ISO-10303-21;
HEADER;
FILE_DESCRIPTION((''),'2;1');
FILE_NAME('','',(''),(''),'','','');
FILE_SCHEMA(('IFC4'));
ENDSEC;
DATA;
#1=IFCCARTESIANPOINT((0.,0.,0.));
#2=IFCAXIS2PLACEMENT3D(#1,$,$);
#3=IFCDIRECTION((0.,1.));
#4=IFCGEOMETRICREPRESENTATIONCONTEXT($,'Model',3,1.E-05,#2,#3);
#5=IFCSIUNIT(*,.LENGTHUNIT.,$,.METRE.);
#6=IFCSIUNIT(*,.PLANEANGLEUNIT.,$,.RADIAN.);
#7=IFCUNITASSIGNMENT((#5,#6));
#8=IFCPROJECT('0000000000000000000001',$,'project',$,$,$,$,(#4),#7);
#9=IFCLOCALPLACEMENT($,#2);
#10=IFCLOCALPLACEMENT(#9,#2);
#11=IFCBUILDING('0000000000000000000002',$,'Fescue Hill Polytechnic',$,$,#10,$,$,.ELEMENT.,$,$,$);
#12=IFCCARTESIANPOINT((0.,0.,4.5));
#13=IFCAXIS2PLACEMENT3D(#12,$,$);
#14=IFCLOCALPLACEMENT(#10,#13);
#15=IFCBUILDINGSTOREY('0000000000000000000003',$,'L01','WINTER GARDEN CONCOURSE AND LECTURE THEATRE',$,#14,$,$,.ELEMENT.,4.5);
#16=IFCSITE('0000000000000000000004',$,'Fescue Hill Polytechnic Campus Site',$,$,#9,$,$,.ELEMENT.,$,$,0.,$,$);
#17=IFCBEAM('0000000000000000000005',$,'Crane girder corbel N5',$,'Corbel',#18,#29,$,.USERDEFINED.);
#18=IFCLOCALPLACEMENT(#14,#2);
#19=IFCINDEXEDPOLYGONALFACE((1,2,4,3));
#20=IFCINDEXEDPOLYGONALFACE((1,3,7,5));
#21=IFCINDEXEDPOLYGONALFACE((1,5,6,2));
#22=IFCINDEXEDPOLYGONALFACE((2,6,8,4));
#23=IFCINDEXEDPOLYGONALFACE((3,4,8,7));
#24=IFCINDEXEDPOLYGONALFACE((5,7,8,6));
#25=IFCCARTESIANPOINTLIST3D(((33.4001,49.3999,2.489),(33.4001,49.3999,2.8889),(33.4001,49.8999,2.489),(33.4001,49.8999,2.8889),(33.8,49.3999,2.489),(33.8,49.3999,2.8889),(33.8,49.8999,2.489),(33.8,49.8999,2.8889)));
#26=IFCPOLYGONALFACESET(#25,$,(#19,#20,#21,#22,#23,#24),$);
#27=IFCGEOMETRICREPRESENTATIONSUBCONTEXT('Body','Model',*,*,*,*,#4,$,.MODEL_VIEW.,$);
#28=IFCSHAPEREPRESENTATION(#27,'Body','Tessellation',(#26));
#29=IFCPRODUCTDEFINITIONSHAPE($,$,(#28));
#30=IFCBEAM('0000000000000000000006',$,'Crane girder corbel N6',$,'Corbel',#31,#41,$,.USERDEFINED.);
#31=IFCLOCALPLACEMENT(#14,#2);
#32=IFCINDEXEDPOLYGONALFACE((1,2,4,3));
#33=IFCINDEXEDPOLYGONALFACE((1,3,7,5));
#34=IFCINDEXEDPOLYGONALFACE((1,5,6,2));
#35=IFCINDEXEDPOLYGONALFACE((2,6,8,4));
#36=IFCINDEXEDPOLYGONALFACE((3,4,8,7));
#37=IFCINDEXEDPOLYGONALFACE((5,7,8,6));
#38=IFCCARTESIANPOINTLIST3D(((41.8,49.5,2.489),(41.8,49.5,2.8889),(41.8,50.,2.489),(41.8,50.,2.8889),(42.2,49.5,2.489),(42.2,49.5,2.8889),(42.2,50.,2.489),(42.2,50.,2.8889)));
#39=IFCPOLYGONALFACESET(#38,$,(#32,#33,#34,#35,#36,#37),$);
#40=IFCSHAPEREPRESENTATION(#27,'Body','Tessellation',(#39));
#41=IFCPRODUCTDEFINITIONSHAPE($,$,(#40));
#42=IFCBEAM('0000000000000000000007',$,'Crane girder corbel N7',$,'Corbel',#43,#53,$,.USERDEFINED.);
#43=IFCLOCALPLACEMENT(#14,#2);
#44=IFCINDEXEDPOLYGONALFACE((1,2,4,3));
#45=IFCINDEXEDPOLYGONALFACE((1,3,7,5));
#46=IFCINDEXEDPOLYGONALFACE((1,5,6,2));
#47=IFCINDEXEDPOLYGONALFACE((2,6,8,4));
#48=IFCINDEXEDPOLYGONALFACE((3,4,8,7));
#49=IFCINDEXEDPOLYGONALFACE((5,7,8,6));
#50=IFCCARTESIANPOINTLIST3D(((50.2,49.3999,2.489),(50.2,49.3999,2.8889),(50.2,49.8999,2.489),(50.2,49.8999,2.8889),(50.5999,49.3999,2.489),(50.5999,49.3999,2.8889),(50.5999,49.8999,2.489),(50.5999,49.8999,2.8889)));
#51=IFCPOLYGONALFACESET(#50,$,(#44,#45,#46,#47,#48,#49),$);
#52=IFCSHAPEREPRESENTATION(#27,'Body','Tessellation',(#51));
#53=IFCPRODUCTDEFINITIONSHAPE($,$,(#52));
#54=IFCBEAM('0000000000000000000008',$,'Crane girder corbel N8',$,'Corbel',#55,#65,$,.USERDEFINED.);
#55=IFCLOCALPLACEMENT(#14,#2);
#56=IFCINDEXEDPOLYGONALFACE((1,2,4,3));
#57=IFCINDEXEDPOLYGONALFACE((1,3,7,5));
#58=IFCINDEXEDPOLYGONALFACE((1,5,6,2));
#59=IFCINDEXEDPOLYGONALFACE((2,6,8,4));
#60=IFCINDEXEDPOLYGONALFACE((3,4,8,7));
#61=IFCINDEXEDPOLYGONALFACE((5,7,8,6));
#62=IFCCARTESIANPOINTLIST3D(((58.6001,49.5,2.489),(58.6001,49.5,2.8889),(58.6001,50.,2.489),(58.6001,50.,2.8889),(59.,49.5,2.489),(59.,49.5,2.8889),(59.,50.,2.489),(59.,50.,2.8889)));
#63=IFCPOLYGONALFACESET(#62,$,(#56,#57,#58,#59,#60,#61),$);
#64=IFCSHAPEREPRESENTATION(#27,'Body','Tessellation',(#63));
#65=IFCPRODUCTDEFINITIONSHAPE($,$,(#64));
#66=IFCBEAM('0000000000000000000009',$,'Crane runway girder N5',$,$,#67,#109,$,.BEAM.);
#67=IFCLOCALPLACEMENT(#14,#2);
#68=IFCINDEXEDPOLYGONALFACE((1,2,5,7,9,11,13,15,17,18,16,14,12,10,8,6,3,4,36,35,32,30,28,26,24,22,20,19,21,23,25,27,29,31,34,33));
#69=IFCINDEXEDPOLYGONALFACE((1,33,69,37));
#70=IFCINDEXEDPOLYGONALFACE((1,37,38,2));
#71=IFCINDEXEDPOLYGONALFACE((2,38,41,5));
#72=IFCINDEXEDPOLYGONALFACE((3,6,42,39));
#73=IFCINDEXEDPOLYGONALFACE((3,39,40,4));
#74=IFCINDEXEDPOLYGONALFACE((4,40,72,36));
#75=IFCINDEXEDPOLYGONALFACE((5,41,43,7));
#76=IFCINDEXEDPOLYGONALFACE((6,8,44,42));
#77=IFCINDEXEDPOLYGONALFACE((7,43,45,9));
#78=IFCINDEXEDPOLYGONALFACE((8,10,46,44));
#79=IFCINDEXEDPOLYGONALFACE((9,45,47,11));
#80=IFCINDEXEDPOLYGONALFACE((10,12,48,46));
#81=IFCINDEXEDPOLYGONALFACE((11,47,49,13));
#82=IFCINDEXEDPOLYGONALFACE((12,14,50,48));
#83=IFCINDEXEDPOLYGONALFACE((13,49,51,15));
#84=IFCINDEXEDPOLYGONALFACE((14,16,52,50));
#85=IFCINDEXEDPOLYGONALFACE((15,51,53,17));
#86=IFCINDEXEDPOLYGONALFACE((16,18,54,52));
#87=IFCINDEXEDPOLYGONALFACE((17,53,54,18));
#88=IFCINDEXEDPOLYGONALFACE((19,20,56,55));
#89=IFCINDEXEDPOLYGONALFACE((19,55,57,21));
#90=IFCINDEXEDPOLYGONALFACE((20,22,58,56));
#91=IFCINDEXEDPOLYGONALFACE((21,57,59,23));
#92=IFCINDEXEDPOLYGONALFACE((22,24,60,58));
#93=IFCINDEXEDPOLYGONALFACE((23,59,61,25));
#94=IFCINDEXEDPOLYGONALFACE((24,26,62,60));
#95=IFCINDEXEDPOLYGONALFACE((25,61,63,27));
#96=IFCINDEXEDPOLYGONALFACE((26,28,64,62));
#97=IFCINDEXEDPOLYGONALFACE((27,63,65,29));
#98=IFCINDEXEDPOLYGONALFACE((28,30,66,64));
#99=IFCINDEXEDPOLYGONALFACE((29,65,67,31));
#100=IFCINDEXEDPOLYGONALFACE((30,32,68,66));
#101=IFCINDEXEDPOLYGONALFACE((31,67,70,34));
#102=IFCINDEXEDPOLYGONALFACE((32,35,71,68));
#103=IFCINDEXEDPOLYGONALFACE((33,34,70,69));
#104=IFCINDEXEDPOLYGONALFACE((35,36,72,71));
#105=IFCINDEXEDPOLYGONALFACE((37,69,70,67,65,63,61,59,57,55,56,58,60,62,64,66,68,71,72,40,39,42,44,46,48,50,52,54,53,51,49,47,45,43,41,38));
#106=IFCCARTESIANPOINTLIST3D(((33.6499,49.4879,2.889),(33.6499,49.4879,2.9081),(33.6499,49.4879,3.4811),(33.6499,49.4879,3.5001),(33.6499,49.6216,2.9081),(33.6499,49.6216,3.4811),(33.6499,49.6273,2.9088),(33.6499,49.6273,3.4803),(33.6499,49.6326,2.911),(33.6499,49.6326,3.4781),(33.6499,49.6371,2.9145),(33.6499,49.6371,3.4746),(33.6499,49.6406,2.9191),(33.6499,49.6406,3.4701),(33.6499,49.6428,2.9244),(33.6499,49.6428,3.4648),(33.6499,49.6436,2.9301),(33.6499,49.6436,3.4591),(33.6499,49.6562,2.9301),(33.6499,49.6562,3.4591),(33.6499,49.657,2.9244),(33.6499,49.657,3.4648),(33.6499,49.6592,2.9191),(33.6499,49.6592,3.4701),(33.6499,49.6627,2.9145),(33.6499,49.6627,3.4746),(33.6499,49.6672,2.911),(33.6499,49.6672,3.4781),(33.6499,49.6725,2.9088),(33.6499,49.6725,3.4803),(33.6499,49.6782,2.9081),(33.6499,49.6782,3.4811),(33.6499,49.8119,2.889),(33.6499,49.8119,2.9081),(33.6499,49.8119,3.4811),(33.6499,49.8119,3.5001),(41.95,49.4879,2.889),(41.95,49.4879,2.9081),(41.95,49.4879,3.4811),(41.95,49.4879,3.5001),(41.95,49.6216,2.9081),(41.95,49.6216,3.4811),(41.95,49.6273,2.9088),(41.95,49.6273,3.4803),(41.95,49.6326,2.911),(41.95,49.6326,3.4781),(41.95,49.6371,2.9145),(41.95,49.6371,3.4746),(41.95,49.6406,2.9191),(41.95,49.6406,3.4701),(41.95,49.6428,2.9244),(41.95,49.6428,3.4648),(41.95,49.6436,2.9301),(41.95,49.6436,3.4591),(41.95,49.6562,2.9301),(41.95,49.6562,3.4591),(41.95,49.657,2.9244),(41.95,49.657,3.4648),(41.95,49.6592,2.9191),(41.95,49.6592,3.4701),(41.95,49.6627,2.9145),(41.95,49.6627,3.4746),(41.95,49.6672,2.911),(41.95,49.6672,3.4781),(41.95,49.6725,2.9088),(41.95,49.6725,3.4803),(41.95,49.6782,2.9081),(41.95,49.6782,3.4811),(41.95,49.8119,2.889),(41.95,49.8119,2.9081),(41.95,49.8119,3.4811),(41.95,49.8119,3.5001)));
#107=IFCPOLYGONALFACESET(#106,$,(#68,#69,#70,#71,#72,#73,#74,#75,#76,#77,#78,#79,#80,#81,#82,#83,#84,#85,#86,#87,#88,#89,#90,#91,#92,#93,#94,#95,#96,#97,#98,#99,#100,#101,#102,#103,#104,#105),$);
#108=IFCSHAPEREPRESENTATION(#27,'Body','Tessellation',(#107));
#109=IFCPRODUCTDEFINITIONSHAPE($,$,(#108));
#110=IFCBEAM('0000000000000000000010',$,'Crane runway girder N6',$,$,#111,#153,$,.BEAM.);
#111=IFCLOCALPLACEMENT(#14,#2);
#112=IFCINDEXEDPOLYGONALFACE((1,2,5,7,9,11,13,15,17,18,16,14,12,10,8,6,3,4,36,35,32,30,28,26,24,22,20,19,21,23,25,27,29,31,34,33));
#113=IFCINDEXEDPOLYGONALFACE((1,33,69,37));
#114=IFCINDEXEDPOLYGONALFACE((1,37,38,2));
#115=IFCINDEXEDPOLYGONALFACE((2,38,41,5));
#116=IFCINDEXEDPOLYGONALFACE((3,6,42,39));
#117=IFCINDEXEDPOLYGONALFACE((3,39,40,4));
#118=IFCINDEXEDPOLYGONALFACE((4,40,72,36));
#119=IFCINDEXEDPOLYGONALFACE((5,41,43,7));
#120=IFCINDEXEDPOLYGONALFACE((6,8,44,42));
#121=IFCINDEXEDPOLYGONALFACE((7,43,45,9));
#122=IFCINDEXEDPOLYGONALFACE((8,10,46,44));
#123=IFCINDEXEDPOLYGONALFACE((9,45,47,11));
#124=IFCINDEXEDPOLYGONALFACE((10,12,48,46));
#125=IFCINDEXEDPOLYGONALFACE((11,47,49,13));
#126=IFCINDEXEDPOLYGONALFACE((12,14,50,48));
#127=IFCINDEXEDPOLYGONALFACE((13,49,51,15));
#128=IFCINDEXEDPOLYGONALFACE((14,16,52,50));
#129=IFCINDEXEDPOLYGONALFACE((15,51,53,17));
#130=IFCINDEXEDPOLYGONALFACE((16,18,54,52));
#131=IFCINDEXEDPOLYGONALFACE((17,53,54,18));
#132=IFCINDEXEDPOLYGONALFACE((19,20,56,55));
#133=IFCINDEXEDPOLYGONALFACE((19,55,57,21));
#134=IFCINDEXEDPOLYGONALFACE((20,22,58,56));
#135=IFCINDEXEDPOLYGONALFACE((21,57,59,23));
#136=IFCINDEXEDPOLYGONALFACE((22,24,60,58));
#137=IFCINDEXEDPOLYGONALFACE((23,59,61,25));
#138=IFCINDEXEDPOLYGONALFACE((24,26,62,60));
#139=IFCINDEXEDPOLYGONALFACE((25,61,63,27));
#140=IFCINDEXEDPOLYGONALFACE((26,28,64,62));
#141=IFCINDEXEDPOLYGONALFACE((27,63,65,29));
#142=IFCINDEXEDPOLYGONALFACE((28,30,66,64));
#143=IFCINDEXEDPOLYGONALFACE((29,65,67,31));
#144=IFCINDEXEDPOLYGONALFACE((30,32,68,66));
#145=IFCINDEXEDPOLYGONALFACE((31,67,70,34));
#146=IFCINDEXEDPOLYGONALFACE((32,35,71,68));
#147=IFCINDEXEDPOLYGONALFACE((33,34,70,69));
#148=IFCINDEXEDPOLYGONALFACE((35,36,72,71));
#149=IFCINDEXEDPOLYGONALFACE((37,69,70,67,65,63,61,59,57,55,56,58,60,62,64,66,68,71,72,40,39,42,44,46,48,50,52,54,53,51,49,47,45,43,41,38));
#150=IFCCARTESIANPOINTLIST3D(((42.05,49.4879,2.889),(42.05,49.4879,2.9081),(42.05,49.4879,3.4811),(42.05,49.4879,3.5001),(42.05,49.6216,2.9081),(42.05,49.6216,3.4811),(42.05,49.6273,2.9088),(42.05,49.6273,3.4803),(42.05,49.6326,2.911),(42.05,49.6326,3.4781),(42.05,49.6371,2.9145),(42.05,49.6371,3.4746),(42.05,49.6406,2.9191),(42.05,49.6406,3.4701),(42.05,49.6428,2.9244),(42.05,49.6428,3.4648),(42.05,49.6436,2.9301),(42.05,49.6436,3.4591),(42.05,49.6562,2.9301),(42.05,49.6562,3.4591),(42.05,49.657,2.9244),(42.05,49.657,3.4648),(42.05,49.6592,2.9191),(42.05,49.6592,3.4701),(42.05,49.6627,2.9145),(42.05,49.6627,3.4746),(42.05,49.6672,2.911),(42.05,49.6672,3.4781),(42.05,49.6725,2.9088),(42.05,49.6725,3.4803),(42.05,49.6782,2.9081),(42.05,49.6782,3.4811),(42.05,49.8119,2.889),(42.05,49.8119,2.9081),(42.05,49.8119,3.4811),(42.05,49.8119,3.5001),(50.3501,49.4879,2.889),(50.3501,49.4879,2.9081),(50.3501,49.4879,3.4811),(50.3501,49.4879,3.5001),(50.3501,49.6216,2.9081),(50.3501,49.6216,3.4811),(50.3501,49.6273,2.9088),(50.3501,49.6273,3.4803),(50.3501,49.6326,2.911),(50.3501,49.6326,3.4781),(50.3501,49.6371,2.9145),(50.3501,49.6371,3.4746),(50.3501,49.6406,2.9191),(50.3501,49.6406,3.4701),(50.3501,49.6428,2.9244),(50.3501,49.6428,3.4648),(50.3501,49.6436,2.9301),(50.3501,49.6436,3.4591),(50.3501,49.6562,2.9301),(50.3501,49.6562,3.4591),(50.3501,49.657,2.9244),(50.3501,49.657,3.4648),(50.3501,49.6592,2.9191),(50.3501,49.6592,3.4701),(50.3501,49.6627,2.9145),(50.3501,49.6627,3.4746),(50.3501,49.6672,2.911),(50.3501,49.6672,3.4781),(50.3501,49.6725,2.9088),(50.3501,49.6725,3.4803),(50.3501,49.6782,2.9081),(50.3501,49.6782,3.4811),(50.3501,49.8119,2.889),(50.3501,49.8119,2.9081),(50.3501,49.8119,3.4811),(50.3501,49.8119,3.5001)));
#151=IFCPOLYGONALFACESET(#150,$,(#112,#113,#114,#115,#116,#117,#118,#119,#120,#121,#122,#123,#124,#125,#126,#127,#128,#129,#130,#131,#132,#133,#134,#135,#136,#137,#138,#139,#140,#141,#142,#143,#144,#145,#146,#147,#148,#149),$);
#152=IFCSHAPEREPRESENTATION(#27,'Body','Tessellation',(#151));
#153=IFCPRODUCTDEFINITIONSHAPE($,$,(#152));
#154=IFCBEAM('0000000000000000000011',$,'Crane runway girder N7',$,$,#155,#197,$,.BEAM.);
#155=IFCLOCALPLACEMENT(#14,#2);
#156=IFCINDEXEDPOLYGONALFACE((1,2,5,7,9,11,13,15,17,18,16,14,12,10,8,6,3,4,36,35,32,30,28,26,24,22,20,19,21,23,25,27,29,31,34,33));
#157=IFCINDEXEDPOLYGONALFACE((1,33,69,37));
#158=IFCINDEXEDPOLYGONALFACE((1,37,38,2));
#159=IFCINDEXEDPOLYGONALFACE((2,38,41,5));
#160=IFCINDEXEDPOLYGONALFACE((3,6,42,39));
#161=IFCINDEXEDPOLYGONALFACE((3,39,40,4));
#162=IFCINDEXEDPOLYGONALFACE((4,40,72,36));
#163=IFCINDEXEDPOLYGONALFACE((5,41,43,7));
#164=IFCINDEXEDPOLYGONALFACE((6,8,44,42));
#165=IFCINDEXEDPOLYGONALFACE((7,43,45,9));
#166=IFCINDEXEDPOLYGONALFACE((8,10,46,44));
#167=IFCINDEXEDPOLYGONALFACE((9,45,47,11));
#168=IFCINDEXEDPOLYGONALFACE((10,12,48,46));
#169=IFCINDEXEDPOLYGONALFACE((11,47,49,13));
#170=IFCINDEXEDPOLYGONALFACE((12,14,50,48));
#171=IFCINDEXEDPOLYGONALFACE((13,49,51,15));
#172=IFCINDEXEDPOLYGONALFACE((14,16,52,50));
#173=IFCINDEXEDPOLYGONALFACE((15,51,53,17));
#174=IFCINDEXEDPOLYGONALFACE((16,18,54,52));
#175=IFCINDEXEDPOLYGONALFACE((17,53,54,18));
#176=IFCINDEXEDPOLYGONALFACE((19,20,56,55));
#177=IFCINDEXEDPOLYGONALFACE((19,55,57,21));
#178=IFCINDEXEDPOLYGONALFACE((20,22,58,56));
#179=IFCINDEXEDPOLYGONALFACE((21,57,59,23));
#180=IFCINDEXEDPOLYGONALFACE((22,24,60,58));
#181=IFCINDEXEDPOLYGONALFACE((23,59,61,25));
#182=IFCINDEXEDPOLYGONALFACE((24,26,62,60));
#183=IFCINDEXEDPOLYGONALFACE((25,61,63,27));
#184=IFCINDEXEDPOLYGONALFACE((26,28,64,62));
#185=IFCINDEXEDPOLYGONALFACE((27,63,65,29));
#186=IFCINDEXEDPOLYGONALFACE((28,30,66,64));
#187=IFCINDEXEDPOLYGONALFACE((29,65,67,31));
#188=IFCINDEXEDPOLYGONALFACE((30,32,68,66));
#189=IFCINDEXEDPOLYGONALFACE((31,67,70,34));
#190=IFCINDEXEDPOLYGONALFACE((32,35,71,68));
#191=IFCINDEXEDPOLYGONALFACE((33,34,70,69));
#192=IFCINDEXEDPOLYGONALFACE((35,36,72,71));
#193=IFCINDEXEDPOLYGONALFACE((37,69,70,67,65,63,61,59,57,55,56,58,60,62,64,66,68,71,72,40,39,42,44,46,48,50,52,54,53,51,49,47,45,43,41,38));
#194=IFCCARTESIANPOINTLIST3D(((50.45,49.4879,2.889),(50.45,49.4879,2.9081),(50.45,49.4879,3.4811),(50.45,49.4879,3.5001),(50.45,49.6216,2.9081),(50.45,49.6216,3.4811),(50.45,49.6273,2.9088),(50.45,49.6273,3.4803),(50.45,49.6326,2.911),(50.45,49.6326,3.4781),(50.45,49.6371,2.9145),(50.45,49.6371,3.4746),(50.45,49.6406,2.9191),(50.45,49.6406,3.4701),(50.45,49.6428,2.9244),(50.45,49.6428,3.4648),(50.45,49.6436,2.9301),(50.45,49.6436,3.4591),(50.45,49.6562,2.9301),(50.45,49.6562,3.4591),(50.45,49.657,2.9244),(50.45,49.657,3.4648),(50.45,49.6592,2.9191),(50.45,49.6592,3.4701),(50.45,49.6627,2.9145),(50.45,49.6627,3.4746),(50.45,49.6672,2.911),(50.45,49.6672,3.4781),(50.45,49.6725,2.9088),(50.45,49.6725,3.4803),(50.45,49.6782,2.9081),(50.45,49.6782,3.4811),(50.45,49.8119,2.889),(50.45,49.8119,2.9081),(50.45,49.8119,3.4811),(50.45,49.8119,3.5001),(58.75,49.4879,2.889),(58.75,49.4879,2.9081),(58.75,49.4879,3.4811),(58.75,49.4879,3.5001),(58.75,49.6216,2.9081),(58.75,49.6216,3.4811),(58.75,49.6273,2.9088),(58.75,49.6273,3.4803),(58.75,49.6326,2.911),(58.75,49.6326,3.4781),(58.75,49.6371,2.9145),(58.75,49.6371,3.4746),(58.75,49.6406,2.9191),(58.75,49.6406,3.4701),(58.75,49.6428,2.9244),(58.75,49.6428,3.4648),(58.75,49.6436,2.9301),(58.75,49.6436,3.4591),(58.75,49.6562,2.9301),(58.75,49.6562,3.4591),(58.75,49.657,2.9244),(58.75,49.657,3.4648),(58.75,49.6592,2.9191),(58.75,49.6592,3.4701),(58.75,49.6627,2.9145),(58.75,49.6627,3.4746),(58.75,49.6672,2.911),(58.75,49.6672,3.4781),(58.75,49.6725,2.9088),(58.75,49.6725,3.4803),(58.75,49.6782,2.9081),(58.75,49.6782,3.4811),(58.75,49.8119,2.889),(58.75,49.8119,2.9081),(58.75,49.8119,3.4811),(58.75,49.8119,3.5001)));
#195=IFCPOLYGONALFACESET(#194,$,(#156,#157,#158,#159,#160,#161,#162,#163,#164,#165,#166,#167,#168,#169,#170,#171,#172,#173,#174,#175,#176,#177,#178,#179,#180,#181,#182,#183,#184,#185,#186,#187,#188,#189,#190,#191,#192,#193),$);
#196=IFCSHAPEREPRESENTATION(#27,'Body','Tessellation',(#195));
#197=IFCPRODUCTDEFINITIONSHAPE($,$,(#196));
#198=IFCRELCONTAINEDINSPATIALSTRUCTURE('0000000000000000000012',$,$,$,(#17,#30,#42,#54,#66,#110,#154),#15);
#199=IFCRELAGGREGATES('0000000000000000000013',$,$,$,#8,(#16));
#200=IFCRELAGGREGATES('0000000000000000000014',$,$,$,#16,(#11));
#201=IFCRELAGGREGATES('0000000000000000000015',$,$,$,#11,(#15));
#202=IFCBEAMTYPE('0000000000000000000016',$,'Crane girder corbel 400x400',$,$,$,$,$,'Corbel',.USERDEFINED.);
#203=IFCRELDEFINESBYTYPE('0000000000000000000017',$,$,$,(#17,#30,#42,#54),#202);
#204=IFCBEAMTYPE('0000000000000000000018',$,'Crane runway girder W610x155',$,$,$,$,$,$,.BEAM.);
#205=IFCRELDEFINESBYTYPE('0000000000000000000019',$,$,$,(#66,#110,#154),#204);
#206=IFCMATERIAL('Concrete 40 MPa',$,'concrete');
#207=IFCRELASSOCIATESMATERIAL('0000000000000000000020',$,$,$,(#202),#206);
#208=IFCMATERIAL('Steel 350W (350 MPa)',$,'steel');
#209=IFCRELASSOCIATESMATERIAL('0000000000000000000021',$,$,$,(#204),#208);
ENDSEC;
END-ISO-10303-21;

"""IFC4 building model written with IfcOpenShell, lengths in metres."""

from ifc_helpers import new_model, si_unit, direction, frame, origin, origin_2d, place, context, subcontext, project, spatial, rectangle, i_section, extrude, material, material_profile, profile_set, type_object, element, save


model = new_model("IFC4")

# Units and contexts
model_context = context("Model", 3, precision=1e-05, world=origin(), true_north=direction((0.0, 1.0)))
body_context = subcontext(model_context, "Body", "Model", "MODEL_VIEW")
ifc_project = project(units=[si_unit("LENGTHUNIT", "METRE"), si_unit("PLANEANGLEUNIT", "RADIAN")], contexts=[model_context])

# Site, building, storey
site_placement = place(None, origin())
site = spatial("IfcSite", under=ifc_project, at=site_placement, Name="Fescue Hill Polytechnic Campus Site", CompositionType="ELEMENT", RefElevation=0.0)
building_placement = place(site_placement, origin())
building = spatial("IfcBuilding", under=site, at=building_placement, Name="Fescue Hill Polytechnic", CompositionType="ELEMENT")
storey_placement = place(building_placement, frame((0.0, 0.0, 4.5)))
storey = spatial("IfcBuildingStorey", under=building, at=storey_placement, Name="L01", Description="WINTER GARDEN CONCOURSE AND LECTURE THEATRE", CompositionType="ELEMENT", Elevation=4.5)

# Beams
ifc_material_1 = material(Name="Concrete 40 MPa", Category="concrete")
ifc_material_profile_1 = material_profile(ifc_material_1, rectangle(XDim=0.3999, YDim=0.3999, at=origin_2d()), Name="Crane girder corbel 400x400")
ifc_profile_set_1 = profile_set([ifc_material_profile_1], Name="Concrete 40 MPa")
beam_type_1 = type_object("IfcBeamType", Name="Crane girder corbel 400x400", ElementType="Corbel", PredefinedType="USERDEFINED", material=ifc_profile_set_1)
for number, where, z_axis, x_axis, name in (
    (1, (33.6001, 49.8999, 2.689), (0.0, -1.0, 0.0), (1.0, 0.0, 0.0), "Crane girder corbel N5"),
    (2, (42.0, 50.0, 2.689), (0.0, -1.0, 0.0), (1.0, 0.0, 0.0), "Crane girder corbel N6"),
    (3, (50.3999, 49.8999, 2.689), (0.0, -1.0, 0.0), (1.0, 0.0, 0.0), "Crane girder corbel N7"),
    (4, (58.8, 50.0, 2.689), (0.0, -1.0, 0.0), (1.0, 0.0, 0.0), "Crane girder corbel N8"),
):
    element("IfcBeam", number, at=place(storey_placement, frame(where, z_axis=z_axis, x_axis=x_axis)), inside=storey, type_object=beam_type_1, Name=name, ObjectType="Corbel", PredefinedType="USERDEFINED", context=body_context, shape_type="SweptSolid", body=[
        extrude(rectangle(XDim=0.3999, YDim=0.3999, at=origin_2d()), origin(), (0.0, 0.0, 1.0), 0.5),
    ])
ifc_material_2 = material(Name="Steel 350W (350 MPa)", Category="steel")
ifc_material_profile_2 = material_profile(ifc_material_2, i_section(OverallWidth=0.324, OverallDepth=0.6111, WebThickness=0.0127, FlangeThickness=0.019, FilletRadius=0.022, at=origin_2d()), Name="W610x155")
ifc_profile_set_2 = profile_set([ifc_material_profile_2], Name="Steel 350W (350 MPa)")
beam_type_2 = type_object("IfcBeamType", Name="Crane runway girder W610x155", PredefinedType="BEAM", material=ifc_profile_set_2)
for number, where, z_axis, x_axis, name in (
    (5, (33.6499, 49.6499, 3.1946), (1.0, 0.0, 0.0), (0.0, 1.0, 0.0), "Crane runway girder N5"),
    (6, (42.05, 49.6499, 3.1946), (1.0, 0.0, 0.0), (0.0, 1.0, 0.0), "Crane runway girder N6"),
    (7, (50.45, 49.6499, 3.1946), (1.0, 0.0, 0.0), (0.0, 1.0, 0.0), "Crane runway girder N7"),
):
    element("IfcBeam", number, at=place(storey_placement, frame(where, z_axis=z_axis, x_axis=x_axis)), inside=storey, type_object=beam_type_2, Name=name, PredefinedType="BEAM", context=body_context, shape_type="SweptSolid", body=[
        extrude(i_section(OverallWidth=0.324, OverallDepth=0.6111, WebThickness=0.0127, FlangeThickness=0.019, FilletRadius=0.022, at=origin_2d()), origin(), (0.0, 0.0, 1.0), 8.3),
    ])

save(model, "model.ifc")
